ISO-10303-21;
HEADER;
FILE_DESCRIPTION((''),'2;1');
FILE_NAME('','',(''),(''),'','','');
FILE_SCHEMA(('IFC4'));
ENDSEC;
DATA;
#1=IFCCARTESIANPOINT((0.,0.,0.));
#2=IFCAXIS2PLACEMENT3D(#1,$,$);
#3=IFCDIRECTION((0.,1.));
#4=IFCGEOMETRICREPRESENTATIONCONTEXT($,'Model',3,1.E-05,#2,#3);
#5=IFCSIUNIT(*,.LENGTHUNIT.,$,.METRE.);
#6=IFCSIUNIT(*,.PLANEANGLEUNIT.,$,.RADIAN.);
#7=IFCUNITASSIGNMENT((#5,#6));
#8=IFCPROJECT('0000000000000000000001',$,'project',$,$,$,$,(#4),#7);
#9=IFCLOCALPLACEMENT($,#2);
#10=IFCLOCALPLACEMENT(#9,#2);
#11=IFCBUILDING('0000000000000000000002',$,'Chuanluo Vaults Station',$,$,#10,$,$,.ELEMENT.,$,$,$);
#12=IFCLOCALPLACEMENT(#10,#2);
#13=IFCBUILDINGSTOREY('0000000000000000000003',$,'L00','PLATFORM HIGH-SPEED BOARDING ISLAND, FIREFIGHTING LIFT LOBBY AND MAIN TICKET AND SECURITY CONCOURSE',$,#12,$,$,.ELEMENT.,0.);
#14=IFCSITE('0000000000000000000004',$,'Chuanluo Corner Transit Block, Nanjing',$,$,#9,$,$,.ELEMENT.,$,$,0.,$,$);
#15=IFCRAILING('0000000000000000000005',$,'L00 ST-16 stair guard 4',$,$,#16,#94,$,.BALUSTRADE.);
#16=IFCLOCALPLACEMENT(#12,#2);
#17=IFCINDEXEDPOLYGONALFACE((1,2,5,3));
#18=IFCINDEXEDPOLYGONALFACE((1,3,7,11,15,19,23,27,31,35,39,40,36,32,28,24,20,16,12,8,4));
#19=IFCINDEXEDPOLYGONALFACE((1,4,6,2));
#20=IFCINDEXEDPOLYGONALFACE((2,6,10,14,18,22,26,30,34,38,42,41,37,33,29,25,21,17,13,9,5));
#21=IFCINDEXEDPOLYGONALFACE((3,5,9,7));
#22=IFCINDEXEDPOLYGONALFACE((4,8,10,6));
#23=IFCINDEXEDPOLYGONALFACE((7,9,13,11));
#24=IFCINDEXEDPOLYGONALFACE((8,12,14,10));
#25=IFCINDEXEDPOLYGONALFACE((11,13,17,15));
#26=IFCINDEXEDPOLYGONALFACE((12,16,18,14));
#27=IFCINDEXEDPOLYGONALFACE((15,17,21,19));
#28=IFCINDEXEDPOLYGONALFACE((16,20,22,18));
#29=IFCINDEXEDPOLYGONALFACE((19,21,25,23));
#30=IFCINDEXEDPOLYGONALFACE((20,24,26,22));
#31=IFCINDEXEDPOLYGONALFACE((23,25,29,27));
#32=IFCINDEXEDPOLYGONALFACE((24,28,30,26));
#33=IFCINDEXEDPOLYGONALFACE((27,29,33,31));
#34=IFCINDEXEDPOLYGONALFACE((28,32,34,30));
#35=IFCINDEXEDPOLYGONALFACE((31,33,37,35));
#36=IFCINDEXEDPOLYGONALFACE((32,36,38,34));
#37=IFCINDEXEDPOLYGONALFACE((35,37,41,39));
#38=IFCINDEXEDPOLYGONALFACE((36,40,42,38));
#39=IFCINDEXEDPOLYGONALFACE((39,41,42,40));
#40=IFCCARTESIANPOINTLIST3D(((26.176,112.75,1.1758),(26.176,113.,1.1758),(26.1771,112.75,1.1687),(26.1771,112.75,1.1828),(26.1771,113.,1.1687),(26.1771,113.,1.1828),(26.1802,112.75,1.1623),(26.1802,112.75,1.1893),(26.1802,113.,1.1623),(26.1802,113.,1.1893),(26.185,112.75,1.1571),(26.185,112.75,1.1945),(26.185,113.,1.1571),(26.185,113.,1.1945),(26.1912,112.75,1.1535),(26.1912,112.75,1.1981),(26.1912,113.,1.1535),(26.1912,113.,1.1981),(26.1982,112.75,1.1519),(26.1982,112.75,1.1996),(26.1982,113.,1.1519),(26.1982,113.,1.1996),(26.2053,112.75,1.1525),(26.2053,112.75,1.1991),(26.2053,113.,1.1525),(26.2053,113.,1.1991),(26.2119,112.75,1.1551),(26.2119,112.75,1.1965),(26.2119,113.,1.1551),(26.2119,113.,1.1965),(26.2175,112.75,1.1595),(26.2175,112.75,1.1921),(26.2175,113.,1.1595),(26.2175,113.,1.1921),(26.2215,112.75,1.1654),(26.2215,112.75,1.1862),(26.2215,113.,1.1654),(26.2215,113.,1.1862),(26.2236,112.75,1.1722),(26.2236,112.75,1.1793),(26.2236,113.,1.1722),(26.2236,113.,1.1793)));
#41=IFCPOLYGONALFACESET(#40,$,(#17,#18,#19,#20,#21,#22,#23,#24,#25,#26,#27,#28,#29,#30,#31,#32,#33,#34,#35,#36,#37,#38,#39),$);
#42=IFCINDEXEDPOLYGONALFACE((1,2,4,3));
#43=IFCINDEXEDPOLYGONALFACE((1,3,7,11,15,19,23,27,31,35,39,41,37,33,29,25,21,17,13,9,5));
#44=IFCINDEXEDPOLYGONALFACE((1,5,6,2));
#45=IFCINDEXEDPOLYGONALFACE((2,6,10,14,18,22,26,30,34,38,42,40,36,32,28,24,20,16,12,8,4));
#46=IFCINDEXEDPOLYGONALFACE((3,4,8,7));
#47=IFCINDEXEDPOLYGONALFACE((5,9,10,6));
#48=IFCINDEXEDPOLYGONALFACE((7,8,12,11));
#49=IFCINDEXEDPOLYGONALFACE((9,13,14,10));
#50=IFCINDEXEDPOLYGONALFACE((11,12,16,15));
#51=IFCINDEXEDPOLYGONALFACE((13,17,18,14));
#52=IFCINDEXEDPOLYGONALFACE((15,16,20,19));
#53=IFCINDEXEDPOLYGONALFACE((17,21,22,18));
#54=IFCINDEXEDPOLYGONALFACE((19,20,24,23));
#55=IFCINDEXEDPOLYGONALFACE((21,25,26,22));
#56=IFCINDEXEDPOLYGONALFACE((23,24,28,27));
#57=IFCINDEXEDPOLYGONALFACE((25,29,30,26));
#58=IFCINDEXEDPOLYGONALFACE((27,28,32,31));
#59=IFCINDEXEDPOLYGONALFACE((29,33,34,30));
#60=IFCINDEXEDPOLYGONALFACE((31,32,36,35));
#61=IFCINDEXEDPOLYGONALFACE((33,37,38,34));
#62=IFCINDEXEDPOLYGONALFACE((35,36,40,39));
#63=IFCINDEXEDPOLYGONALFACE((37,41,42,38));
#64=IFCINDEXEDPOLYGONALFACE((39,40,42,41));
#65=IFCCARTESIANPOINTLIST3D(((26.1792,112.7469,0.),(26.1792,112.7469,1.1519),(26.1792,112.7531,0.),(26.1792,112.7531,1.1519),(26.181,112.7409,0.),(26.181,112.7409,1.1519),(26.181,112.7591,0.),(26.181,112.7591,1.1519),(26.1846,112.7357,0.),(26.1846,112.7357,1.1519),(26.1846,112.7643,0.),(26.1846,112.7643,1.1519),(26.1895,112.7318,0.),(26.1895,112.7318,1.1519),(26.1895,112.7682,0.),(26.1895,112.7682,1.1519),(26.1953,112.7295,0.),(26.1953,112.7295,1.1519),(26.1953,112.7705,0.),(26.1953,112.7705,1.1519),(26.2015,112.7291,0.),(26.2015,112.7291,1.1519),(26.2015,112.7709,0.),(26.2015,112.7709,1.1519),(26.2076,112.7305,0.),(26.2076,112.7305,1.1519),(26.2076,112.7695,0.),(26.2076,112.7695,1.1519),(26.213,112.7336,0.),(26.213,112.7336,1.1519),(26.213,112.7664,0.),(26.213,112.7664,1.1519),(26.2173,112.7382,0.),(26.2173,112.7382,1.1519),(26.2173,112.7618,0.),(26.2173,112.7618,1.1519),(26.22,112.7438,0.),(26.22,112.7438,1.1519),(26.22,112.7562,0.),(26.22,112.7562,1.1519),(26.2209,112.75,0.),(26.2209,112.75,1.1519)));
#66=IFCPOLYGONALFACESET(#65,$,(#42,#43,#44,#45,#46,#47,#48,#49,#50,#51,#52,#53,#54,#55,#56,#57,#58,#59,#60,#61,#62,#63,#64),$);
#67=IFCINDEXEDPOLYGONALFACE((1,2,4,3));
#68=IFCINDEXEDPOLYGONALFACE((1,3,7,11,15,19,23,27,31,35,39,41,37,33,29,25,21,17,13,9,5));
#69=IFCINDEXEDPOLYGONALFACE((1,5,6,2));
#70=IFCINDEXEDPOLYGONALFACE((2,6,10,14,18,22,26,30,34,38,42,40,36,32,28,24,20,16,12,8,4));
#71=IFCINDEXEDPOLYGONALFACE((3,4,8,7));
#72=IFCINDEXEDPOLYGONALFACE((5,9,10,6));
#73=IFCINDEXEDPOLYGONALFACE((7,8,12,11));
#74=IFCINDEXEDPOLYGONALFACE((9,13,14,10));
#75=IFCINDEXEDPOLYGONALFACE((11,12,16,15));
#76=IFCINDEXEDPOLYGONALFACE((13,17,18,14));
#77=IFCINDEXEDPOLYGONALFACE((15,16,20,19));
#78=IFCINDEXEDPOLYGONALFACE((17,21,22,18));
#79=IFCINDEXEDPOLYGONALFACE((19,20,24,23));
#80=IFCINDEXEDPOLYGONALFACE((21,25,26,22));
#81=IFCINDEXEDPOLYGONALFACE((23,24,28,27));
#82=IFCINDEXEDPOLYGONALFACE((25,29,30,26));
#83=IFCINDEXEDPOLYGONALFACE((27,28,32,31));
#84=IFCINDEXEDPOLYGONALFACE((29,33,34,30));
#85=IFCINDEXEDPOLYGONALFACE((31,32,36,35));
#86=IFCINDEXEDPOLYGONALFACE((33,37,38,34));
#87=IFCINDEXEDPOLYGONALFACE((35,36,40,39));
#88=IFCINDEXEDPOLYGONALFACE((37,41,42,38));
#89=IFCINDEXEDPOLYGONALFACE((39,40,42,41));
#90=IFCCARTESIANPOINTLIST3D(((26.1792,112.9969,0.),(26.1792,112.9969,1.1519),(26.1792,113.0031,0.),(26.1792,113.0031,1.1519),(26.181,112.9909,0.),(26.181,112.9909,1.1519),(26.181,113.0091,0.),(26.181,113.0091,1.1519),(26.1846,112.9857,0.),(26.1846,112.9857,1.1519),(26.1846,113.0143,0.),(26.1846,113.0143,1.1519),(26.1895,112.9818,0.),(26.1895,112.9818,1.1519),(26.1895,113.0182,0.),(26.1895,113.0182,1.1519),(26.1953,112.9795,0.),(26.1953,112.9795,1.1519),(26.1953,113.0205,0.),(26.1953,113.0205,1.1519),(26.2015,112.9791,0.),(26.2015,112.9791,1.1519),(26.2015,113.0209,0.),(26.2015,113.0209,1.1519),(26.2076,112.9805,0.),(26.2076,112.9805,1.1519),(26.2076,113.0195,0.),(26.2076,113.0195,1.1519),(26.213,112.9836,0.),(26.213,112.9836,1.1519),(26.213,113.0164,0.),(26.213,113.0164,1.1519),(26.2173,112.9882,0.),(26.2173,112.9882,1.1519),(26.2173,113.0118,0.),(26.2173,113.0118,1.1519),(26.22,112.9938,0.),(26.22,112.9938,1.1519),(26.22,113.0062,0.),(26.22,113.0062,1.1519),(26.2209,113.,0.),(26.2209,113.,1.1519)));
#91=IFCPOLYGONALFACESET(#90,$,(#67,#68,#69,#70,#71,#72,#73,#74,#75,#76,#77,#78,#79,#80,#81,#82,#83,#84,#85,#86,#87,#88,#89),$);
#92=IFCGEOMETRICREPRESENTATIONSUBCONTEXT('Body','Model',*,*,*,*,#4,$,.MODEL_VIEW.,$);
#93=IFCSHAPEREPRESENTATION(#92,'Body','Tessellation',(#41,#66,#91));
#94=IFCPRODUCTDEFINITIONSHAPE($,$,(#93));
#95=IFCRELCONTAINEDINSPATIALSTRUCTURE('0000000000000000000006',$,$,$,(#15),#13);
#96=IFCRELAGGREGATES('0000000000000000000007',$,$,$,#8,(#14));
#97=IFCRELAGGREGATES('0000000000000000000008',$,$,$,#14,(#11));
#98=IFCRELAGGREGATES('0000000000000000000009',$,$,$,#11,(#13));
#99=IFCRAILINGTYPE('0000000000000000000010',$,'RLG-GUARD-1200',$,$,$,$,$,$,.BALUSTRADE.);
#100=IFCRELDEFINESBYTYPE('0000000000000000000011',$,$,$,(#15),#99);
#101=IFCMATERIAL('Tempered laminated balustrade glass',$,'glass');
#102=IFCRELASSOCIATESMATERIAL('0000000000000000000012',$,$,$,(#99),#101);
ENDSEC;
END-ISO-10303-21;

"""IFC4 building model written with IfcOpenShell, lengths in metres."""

from ifc_helpers import new_model, si_unit, direction, frame, origin, origin_2d, place, context, subcontext, project, spatial, circle, extrude, material, type_object, element, save


model = new_model("IFC4")

# Units and contexts
model_context = context("Model", 3, precision=1e-05, world=origin(), true_north=direction((0.0, 1.0)))
body_context = subcontext(model_context, "Body", "Model", "MODEL_VIEW")
ifc_project = project(units=[si_unit("LENGTHUNIT", "METRE"), si_unit("PLANEANGLEUNIT", "RADIAN")], contexts=[model_context])

# Site, building, storey
site_placement = place(None, origin())
site = spatial("IfcSite", under=ifc_project, at=site_placement, Name="Chuanluo Corner Transit Block, Nanjing", CompositionType="ELEMENT", RefElevation=0.0)
building_placement = place(site_placement, origin())
building = spatial("IfcBuilding", under=site, at=building_placement, Name="Chuanluo Vaults Station", CompositionType="ELEMENT")
storey_placement = place(building_placement, origin())
storey = spatial("IfcBuildingStorey", under=building, at=storey_placement, Name="L00", Description="PLATFORM HIGH-SPEED BOARDING ISLAND, FIREFIGHTING LIFT LOBBY AND MAIN TICKET AND SECURITY CONCOURSE", CompositionType="ELEMENT", Elevation=0.0)

# Railing
ifc_material_1 = material(Name="Tempered laminated balustrade glass", Category="glass")
railing_type_1 = type_object("IfcRailingType", Name="RLG-GUARD-1200", PredefinedType="BALUSTRADE", material=ifc_material_1)
railing_1_placement = place(storey_placement, frame((26.2, 112.75, 0.0)))
element("IfcRailing", 1, at=railing_1_placement, inside=storey, type_object=railing_type_1, Name="L00 ST-16 stair guard 4", PredefinedType="BALUSTRADE", context=body_context, shape_type="SweptSolid", body=[
    extrude(circle(Radius=0.0239, at=origin_2d()), frame((0.0, 0.0, 1.1758), z_axis=(0.0, 1.0, 0.0), x_axis=(-1.0, 0.0, 0.0)), (0.0, 0.0, 1.0), 0.25),
    extrude(circle(Radius=0.021, at=origin_2d()), origin(), (0.0, 0.0, 1.0), 1.1519),
    extrude(circle(Radius=0.021, at=origin_2d()), frame((0.0, 0.25, 0.0)), (0.0, 0.0, 1.0), 1.1519),
])

save(model, "model.ifc")
